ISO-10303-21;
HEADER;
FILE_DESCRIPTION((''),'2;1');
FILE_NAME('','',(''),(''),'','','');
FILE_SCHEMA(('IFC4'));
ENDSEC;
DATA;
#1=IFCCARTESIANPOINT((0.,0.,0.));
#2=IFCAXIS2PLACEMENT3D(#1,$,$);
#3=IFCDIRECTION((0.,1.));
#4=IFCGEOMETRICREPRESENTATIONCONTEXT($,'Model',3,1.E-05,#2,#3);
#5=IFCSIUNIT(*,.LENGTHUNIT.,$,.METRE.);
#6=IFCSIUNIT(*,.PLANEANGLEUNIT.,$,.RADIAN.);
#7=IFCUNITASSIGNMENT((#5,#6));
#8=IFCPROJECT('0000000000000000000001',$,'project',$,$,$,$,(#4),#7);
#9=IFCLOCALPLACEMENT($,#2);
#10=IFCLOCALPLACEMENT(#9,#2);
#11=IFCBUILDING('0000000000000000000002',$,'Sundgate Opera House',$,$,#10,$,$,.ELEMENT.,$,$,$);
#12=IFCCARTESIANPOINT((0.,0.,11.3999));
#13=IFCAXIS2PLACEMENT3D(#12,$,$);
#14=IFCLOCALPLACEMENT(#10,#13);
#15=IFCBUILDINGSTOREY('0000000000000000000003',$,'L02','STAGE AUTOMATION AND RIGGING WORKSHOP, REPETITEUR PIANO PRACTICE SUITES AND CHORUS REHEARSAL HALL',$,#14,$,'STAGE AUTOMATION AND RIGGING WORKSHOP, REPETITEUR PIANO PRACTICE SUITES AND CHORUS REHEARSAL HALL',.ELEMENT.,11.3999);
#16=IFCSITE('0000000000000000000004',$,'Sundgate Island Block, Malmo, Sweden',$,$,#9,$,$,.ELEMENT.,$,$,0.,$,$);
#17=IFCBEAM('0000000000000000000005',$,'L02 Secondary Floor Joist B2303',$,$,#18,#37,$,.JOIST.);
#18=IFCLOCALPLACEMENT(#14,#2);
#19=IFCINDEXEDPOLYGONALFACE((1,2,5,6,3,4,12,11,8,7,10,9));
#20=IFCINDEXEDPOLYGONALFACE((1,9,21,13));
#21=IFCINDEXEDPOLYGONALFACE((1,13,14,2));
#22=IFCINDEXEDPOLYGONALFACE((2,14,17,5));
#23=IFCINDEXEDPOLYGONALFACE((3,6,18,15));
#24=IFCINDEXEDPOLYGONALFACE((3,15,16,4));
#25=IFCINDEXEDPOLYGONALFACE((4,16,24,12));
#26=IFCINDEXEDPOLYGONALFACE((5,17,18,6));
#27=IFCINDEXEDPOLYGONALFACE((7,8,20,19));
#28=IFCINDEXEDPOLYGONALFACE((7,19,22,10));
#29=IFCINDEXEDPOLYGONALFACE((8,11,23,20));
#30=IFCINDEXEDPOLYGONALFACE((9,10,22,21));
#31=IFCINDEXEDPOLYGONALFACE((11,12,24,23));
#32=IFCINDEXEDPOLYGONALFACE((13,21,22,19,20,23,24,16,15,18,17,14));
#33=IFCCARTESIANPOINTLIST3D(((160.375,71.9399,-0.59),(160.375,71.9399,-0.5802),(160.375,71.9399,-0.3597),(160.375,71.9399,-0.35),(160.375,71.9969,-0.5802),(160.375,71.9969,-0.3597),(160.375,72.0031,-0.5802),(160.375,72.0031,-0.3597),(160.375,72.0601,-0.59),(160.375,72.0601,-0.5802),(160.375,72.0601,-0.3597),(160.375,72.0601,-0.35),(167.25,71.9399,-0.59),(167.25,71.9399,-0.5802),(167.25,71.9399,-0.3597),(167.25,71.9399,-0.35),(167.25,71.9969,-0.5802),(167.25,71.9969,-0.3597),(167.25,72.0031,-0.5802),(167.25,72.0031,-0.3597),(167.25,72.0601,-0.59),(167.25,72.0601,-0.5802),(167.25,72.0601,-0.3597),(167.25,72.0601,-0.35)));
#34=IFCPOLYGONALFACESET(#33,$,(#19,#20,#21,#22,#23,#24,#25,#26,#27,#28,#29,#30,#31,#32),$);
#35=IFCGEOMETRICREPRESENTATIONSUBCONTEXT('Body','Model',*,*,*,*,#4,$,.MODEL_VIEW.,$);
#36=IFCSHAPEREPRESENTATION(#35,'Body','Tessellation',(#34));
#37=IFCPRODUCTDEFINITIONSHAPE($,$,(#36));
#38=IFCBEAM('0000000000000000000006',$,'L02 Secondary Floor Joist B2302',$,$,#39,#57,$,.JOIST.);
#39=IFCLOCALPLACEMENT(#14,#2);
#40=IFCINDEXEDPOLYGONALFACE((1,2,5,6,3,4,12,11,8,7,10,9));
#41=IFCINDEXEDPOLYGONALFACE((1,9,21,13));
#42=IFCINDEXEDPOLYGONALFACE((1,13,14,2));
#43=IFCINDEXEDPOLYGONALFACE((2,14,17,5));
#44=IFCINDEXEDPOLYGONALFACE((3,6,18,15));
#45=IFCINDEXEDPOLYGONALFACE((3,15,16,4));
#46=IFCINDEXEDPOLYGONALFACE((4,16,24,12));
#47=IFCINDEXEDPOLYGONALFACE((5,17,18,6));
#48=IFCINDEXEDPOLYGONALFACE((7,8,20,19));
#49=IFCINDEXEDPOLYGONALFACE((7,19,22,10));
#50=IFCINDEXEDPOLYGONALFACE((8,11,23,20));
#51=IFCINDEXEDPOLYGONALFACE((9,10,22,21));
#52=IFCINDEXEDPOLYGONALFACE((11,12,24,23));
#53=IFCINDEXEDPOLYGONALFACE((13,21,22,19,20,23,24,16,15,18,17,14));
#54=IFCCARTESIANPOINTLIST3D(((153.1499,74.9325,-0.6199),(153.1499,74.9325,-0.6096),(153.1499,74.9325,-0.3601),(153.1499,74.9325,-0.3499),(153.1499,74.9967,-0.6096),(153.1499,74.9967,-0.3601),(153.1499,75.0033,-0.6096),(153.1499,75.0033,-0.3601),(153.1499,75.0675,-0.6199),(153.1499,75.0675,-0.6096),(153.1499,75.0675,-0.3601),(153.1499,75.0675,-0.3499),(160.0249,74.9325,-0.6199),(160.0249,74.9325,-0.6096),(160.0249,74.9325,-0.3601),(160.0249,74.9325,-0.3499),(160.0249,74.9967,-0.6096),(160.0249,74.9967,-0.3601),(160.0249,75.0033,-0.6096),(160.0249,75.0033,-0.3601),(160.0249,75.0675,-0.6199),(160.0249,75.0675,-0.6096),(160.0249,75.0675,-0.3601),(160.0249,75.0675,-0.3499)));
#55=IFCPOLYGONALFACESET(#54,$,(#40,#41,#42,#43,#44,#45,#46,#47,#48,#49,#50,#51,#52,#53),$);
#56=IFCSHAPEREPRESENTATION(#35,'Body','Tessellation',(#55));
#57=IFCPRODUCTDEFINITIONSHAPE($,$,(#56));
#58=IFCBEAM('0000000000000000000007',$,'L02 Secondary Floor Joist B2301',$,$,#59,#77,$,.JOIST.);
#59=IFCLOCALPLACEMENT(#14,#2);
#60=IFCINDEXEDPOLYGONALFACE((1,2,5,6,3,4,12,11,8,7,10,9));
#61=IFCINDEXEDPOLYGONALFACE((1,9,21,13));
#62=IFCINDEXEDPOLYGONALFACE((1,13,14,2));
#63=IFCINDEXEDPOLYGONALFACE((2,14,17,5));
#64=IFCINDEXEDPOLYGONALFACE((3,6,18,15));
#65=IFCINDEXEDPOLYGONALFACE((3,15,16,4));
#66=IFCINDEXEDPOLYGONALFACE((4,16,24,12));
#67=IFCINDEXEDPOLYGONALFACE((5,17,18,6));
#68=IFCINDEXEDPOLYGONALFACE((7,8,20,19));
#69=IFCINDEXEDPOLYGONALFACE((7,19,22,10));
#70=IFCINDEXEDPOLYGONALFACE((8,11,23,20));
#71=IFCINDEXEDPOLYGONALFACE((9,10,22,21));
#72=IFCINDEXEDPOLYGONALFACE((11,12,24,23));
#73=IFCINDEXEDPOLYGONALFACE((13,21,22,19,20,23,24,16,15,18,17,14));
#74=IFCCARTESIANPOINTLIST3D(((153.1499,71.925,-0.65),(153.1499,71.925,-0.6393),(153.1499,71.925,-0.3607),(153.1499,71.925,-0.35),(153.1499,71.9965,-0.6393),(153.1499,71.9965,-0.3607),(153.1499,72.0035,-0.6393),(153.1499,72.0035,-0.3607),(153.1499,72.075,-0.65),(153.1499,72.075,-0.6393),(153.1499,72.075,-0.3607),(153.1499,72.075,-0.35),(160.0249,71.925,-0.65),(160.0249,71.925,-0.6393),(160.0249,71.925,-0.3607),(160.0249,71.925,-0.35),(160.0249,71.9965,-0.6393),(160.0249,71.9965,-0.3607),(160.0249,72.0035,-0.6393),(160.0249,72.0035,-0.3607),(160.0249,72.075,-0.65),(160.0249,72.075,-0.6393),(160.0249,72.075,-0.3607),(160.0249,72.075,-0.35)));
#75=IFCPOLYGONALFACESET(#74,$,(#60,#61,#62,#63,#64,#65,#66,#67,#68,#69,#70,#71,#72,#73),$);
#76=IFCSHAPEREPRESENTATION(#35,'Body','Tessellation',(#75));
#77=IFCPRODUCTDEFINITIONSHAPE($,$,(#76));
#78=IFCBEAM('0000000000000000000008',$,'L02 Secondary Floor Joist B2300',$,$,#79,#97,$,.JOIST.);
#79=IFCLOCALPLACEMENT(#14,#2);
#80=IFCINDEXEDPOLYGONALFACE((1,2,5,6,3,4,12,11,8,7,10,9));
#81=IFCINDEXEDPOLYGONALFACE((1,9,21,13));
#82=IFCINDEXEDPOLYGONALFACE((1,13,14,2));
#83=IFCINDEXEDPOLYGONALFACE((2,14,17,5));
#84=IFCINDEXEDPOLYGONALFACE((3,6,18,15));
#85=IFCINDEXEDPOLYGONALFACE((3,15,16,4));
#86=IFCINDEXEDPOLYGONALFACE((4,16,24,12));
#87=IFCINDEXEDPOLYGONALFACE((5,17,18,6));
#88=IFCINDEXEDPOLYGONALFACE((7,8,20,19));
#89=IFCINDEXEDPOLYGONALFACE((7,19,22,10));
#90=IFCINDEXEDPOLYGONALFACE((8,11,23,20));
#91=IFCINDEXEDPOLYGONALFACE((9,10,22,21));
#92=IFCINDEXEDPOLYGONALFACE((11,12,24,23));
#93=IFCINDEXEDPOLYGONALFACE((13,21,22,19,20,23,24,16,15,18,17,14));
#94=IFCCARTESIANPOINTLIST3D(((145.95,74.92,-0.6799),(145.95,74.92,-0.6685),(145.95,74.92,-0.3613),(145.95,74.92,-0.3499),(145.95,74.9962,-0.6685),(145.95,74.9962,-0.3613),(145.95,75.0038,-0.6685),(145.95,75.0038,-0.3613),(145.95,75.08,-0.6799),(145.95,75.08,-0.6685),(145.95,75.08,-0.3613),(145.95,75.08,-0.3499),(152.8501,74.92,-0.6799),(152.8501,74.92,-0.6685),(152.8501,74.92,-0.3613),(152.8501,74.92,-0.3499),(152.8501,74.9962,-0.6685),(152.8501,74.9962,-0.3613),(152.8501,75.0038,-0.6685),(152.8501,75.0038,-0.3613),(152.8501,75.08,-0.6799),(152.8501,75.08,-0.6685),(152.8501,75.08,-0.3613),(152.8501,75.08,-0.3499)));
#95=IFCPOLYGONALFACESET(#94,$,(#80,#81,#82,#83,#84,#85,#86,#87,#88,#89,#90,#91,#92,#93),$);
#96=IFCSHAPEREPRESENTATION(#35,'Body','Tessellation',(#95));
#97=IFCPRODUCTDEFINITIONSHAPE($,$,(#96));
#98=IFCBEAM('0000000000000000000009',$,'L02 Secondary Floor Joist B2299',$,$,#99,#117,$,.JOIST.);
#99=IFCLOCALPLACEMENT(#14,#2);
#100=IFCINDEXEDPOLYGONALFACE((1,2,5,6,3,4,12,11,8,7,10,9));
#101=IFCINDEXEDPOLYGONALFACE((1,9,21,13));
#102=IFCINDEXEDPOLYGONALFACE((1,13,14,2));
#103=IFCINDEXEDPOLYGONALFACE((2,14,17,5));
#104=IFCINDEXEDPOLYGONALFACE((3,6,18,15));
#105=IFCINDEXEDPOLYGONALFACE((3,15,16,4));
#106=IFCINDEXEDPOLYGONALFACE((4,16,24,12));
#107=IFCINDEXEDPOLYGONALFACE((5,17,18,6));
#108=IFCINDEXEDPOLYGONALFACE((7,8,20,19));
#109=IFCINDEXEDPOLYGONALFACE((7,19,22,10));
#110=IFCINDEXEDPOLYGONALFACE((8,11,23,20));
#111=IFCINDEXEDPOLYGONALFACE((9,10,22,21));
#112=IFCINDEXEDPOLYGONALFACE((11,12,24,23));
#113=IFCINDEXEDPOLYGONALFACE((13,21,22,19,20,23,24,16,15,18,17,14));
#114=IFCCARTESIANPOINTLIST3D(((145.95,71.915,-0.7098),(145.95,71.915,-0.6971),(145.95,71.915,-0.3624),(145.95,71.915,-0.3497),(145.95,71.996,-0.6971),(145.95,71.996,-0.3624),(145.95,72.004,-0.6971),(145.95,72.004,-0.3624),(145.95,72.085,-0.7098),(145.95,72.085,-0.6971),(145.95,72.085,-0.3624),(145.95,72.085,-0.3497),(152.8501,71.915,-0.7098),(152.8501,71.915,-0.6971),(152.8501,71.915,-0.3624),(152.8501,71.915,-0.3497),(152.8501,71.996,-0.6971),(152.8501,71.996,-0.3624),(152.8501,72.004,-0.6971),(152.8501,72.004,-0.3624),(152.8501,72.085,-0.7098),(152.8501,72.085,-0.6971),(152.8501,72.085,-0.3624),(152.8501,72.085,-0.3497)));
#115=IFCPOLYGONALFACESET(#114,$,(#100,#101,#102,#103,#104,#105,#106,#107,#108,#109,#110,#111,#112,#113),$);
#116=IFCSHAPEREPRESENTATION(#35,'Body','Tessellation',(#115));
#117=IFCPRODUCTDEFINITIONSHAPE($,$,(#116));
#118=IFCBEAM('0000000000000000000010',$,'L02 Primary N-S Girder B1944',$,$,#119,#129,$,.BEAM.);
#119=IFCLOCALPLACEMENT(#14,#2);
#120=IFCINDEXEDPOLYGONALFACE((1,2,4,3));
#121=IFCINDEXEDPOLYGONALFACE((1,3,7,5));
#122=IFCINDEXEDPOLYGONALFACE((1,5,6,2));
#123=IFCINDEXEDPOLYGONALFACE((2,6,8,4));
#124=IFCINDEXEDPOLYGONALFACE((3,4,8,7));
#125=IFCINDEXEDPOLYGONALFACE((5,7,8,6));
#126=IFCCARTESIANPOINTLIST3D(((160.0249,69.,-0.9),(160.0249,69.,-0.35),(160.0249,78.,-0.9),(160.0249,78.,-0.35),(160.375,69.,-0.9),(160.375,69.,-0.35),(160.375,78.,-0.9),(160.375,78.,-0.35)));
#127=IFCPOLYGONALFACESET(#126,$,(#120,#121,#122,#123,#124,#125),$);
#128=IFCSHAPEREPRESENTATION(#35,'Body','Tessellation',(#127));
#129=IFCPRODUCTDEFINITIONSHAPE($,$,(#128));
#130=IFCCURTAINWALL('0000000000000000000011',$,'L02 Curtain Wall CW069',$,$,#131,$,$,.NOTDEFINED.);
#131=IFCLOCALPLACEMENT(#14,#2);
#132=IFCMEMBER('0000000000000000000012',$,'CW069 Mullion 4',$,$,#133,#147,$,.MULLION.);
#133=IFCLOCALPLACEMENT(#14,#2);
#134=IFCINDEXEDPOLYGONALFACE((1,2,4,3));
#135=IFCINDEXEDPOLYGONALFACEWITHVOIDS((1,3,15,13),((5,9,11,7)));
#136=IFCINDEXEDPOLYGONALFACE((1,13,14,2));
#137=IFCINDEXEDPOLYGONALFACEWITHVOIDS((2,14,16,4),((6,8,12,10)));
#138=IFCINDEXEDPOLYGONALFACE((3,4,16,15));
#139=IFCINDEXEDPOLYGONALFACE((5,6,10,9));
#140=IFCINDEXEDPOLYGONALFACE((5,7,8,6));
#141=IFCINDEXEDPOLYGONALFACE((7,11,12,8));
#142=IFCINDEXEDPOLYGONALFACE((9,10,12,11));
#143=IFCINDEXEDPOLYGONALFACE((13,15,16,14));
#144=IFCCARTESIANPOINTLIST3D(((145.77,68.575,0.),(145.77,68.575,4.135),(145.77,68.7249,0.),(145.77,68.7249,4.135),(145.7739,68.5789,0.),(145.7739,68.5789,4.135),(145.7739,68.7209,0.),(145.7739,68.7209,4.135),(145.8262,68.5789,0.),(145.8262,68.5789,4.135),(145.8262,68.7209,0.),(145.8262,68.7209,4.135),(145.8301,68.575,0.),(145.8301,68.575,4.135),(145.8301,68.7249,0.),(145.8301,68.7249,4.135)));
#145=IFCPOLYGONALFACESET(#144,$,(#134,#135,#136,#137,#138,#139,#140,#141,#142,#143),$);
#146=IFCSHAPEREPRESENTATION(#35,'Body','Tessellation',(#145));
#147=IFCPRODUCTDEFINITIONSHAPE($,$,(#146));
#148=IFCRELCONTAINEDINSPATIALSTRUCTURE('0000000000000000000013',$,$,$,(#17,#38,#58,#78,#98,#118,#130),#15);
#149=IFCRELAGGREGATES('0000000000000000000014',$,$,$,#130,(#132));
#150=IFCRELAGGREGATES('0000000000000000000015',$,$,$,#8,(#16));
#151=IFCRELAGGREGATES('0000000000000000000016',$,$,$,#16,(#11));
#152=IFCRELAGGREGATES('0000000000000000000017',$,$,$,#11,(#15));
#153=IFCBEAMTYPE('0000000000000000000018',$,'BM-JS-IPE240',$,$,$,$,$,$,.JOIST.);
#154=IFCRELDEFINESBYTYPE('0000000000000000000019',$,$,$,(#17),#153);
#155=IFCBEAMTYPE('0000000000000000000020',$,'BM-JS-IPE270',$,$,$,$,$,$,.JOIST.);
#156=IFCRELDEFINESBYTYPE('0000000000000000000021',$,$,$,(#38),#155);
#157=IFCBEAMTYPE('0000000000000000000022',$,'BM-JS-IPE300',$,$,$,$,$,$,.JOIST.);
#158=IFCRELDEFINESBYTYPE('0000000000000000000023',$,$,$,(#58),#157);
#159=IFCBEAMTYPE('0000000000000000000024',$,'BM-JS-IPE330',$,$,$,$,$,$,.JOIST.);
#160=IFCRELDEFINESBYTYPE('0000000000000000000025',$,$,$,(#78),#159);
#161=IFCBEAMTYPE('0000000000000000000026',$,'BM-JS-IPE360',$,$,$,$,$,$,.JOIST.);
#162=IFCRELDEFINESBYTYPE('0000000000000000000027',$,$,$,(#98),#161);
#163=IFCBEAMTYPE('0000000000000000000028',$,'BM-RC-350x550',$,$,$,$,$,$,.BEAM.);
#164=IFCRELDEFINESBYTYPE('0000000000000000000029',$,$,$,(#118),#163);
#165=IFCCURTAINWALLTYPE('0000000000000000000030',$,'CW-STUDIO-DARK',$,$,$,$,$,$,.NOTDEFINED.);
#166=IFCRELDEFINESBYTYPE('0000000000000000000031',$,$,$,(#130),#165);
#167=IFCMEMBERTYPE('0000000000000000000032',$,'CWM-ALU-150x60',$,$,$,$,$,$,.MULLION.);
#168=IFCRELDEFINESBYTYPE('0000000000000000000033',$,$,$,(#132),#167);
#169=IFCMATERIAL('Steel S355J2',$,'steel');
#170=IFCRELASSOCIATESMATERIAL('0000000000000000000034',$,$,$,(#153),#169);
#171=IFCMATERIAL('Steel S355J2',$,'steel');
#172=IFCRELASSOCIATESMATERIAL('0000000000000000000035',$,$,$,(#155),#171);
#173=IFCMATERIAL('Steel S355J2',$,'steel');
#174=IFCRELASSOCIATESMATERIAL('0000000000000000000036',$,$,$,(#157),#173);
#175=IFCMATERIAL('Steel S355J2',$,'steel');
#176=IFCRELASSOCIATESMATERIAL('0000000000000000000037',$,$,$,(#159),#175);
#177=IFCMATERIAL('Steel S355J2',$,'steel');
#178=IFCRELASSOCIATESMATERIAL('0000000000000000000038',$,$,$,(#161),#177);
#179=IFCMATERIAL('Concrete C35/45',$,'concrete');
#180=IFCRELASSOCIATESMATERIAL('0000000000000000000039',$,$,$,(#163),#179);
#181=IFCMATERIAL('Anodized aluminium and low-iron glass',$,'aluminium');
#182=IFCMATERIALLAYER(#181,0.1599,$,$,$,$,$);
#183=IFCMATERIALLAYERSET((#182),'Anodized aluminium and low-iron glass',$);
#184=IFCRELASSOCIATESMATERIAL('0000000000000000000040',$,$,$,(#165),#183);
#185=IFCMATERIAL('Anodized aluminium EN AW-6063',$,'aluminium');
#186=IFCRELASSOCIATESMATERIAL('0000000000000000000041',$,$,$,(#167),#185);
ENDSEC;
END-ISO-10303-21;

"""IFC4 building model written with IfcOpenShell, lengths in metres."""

from ifc_helpers import new_model, si_unit, direction, frame, origin, origin_2d, place, context, subcontext, project, spatial, rectangle, hollow_rectangle, i_section, extrude, material, layer, layer_set, material_profile, profile_set, type_object, element, aggregate, save


model = new_model("IFC4")

# Units and contexts
model_context = context("Model", 3, precision=1e-05, world=origin(), true_north=direction((0.0, 1.0)))
body_context = subcontext(model_context, "Body", "Model", "MODEL_VIEW")
ifc_project = project(units=[si_unit("LENGTHUNIT", "METRE"), si_unit("PLANEANGLEUNIT", "RADIAN")], contexts=[model_context])

# Site, building, storey
site_placement = place(None, origin())
site = spatial("IfcSite", under=ifc_project, at=site_placement, Name="Sundgate Island Block, Malmo, Sweden", CompositionType="ELEMENT", RefElevation=0.0)
building_placement = place(site_placement, origin())
building = spatial("IfcBuilding", under=site, at=building_placement, Name="Sundgate Opera House", CompositionType="ELEMENT")
storey_placement = place(building_placement, frame((0.0, 0.0, 11.3999)))
storey = spatial("IfcBuildingStorey", under=building, at=storey_placement, Name="L02", Description="STAGE AUTOMATION AND RIGGING WORKSHOP, REPETITEUR PIANO PRACTICE SUITES AND CHORUS REHEARSAL HALL", LongName="STAGE AUTOMATION AND RIGGING WORKSHOP, REPETITEUR PIANO PRACTICE SUITES AND CHORUS REHEARSAL HALL", CompositionType="ELEMENT", Elevation=11.3999)

# Beams
ifc_material_1 = material(Name="Steel S355J2", Category="steel")
ifc_material_profile_1 = material_profile(ifc_material_1, i_section(OverallWidth=0.1201, OverallDepth=0.24, WebThickness=0.0061, FlangeThickness=0.0098, at=origin_2d()), Name="IPE 240")
ifc_profile_set_1 = profile_set([ifc_material_profile_1], Name="Steel S355J2")
beam_type_1 = type_object("IfcBeamType", Name="BM-JS-IPE240", PredefinedType="JOIST", material=ifc_profile_set_1)
beam_1_placement = place(storey_placement, frame((160.375, 72.0, -0.47), z_axis=(1.0, 0.0, 0.0), x_axis=(0.0, 1.0, 0.0)))
element("IfcBeam", 1, at=beam_1_placement, inside=storey, type_object=beam_type_1, Name="L02 Secondary Floor Joist B2303", PredefinedType="JOIST", context=body_context, shape_type="SweptSolid", body=[
    extrude(i_section(OverallWidth=0.1201, OverallDepth=0.24, WebThickness=0.0061, FlangeThickness=0.0098, at=origin_2d()), origin(), (0.0, 0.0, 1.0), 6.875),
])
ifc_material_2 = material(Name="Steel S355J2", Category="steel")
ifc_material_profile_2 = material_profile(ifc_material_2, i_section(OverallWidth=0.135, OverallDepth=0.27, WebThickness=0.0066, FlangeThickness=0.0103, at=origin_2d()), Name="IPE 270")
ifc_profile_set_2 = profile_set([ifc_material_profile_2], Name="Steel S355J2")
beam_type_2 = type_object("IfcBeamType", Name="BM-JS-IPE270", PredefinedType="JOIST", material=ifc_profile_set_2)
beam_2_placement = place(storey_placement, frame((153.1499, 75.0, -0.4849), z_axis=(1.0, 0.0, 0.0), x_axis=(0.0, 1.0, 0.0)))
element("IfcBeam", 2, at=beam_2_placement, inside=storey, type_object=beam_type_2, Name="L02 Secondary Floor Joist B2302", PredefinedType="JOIST", context=body_context, shape_type="SweptSolid", body=[
    extrude(i_section(OverallWidth=0.135, OverallDepth=0.27, WebThickness=0.0066, FlangeThickness=0.0103, at=origin_2d()), origin(), (0.0, 0.0, 1.0), 6.875),
])
ifc_material_3 = material(Name="Steel S355J2", Category="steel")
ifc_material_profile_3 = material_profile(ifc_material_3, i_section(OverallWidth=0.1499, OverallDepth=0.3, WebThickness=0.0071, FlangeThickness=0.0107, at=origin_2d()), Name="IPE 300")
ifc_profile_set_3 = profile_set([ifc_material_profile_3], Name="Steel S355J2")
beam_type_3 = type_object("IfcBeamType", Name="BM-JS-IPE300", PredefinedType="JOIST", material=ifc_profile_set_3)
beam_3_placement = place(storey_placement, frame((153.1499, 72.0, -0.5), z_axis=(1.0, 0.0, 0.0), x_axis=(0.0, 1.0, 0.0)))
element("IfcBeam", 3, at=beam_3_placement, inside=storey, type_object=beam_type_3, Name="L02 Secondary Floor Joist B2301", PredefinedType="JOIST", context=body_context, shape_type="SweptSolid", body=[
    extrude(i_section(OverallWidth=0.1499, OverallDepth=0.3, WebThickness=0.0071, FlangeThickness=0.0107, at=origin_2d()), origin(), (0.0, 0.0, 1.0), 6.875),
])
ifc_material_4 = material(Name="Steel S355J2", Category="steel")
ifc_material_profile_4 = material_profile(ifc_material_4, i_section(OverallWidth=0.1599, OverallDepth=0.3301, WebThickness=0.0076, FlangeThickness=0.0115, at=origin_2d()), Name="IPE 330")
ifc_profile_set_4 = profile_set([ifc_material_profile_4], Name="Steel S355J2")
beam_type_4 = type_object("IfcBeamType", Name="BM-JS-IPE330", PredefinedType="JOIST", material=ifc_profile_set_4)
beam_4_placement = place(storey_placement, frame((145.95, 75.0, -0.5149), z_axis=(1.0, 0.0, 0.0), x_axis=(0.0, 1.0, 0.0)))
element("IfcBeam", 4, at=beam_4_placement, inside=storey, type_object=beam_type_4, Name="L02 Secondary Floor Joist B2300", PredefinedType="JOIST", context=body_context, shape_type="SweptSolid", body=[
    extrude(i_section(OverallWidth=0.1599, OverallDepth=0.3301, WebThickness=0.0076, FlangeThickness=0.0115, at=origin_2d()), origin(), (0.0, 0.0, 1.0), 6.9001),
])
ifc_material_5 = material(Name="Steel S355J2", Category="steel")
ifc_material_profile_5 = material_profile(ifc_material_5, i_section(OverallWidth=0.1699, OverallDepth=0.3601, WebThickness=0.0081, FlangeThickness=0.0127, at=origin_2d()), Name="IPE 360")
ifc_profile_set_5 = profile_set([ifc_material_profile_5], Name="Steel S355J2")
beam_type_5 = type_object("IfcBeamType", Name="BM-JS-IPE360", PredefinedType="JOIST", material=ifc_profile_set_5)
beam_5_placement = place(storey_placement, frame((145.95, 72.0, -0.5298), z_axis=(1.0, 0.0, 0.0), x_axis=(0.0, 1.0, 0.0)))
element("IfcBeam", 5, at=beam_5_placement, inside=storey, type_object=beam_type_5, Name="L02 Secondary Floor Joist B2299", PredefinedType="JOIST", context=body_context, shape_type="SweptSolid", body=[
    extrude(i_section(OverallWidth=0.1699, OverallDepth=0.3601, WebThickness=0.0081, FlangeThickness=0.0127, at=origin_2d()), origin(), (0.0, 0.0, 1.0), 6.9001),
])
ifc_material_6 = material(Name="Concrete C35/45", Category="concrete")
ifc_material_profile_6 = material_profile(ifc_material_6, rectangle(XDim=0.3501, YDim=0.55, at=origin_2d()), Name="RC 350x550")
ifc_profile_set_6 = profile_set([ifc_material_profile_6], Name="Concrete C35/45")
beam_type_6 = type_object("IfcBeamType", Name="BM-RC-350x550", PredefinedType="BEAM", material=ifc_profile_set_6)
beam_6_placement = place(storey_placement, frame((160.2, 69.0, -0.625), z_axis=(0.0, 1.0, 0.0), x_axis=(-1.0, 0.0, 0.0)))
element("IfcBeam", 6, at=beam_6_placement, inside=storey, type_object=beam_type_6, Name="L02 Primary N-S Girder B1944", PredefinedType="BEAM", context=body_context, shape_type="SweptSolid", body=[
    extrude(rectangle(XDim=0.3501, YDim=0.55, at=origin_2d()), origin(), (0.0, 0.0, 1.0), 9.0),
])

# Curtain wall, member
ifc_material_7 = material(Name="Anodized aluminium and low-iron glass", Category="aluminium")
ifc_layer_1 = layer(ifc_material_7, 0.1599)
ifc_layer_set_1 = layer_set([ifc_layer_1], Name="Anodized aluminium and low-iron glass")
curtain_wall_type = type_object("IfcCurtainWallType", Name="CW-STUDIO-DARK", PredefinedType="NOTDEFINED", material=ifc_layer_set_1)
curtain_wall_placement = place(storey_placement, origin())
curtain_wall = element("IfcCurtainWall", 7, at=curtain_wall_placement, inside=storey, type_object=curtain_wall_type, Name="L02 Curtain Wall CW069", PredefinedType="NOTDEFINED")
ifc_material_8 = material(Name="Anodized aluminium EN AW-6063", Category="aluminium")
ifc_material_profile_7 = material_profile(ifc_material_8, hollow_rectangle(XDim=0.0601, YDim=0.1499, WallThickness=0.0039, at=origin_2d()), Name="CWM 150x60x4")
ifc_profile_set_7 = profile_set([ifc_material_profile_7], Name="Anodized aluminium EN AW-6063")
member_type = type_object("IfcMemberType", Name="CWM-ALU-150x60", PredefinedType="MULLION", material=ifc_profile_set_7)
member_placement = place(storey_placement, frame((145.8, 68.6499, 0.0), z_axis=(0.0, 0.0, 1.0), x_axis=(1.0, 0.0, 0.0)))
member = element("IfcMember", 8, at=member_placement, type_object=member_type, Name="CW069 Mullion 4", PredefinedType="MULLION", context=body_context, shape_type="SweptSolid", body=[
    extrude(hollow_rectangle(XDim=0.0601, YDim=0.1499, WallThickness=0.0039, at=origin_2d()), origin(), (0.0, 0.0, 1.0), 4.135),
])
aggregate(curtain_wall, [member])

save(model, "model.ifc")
